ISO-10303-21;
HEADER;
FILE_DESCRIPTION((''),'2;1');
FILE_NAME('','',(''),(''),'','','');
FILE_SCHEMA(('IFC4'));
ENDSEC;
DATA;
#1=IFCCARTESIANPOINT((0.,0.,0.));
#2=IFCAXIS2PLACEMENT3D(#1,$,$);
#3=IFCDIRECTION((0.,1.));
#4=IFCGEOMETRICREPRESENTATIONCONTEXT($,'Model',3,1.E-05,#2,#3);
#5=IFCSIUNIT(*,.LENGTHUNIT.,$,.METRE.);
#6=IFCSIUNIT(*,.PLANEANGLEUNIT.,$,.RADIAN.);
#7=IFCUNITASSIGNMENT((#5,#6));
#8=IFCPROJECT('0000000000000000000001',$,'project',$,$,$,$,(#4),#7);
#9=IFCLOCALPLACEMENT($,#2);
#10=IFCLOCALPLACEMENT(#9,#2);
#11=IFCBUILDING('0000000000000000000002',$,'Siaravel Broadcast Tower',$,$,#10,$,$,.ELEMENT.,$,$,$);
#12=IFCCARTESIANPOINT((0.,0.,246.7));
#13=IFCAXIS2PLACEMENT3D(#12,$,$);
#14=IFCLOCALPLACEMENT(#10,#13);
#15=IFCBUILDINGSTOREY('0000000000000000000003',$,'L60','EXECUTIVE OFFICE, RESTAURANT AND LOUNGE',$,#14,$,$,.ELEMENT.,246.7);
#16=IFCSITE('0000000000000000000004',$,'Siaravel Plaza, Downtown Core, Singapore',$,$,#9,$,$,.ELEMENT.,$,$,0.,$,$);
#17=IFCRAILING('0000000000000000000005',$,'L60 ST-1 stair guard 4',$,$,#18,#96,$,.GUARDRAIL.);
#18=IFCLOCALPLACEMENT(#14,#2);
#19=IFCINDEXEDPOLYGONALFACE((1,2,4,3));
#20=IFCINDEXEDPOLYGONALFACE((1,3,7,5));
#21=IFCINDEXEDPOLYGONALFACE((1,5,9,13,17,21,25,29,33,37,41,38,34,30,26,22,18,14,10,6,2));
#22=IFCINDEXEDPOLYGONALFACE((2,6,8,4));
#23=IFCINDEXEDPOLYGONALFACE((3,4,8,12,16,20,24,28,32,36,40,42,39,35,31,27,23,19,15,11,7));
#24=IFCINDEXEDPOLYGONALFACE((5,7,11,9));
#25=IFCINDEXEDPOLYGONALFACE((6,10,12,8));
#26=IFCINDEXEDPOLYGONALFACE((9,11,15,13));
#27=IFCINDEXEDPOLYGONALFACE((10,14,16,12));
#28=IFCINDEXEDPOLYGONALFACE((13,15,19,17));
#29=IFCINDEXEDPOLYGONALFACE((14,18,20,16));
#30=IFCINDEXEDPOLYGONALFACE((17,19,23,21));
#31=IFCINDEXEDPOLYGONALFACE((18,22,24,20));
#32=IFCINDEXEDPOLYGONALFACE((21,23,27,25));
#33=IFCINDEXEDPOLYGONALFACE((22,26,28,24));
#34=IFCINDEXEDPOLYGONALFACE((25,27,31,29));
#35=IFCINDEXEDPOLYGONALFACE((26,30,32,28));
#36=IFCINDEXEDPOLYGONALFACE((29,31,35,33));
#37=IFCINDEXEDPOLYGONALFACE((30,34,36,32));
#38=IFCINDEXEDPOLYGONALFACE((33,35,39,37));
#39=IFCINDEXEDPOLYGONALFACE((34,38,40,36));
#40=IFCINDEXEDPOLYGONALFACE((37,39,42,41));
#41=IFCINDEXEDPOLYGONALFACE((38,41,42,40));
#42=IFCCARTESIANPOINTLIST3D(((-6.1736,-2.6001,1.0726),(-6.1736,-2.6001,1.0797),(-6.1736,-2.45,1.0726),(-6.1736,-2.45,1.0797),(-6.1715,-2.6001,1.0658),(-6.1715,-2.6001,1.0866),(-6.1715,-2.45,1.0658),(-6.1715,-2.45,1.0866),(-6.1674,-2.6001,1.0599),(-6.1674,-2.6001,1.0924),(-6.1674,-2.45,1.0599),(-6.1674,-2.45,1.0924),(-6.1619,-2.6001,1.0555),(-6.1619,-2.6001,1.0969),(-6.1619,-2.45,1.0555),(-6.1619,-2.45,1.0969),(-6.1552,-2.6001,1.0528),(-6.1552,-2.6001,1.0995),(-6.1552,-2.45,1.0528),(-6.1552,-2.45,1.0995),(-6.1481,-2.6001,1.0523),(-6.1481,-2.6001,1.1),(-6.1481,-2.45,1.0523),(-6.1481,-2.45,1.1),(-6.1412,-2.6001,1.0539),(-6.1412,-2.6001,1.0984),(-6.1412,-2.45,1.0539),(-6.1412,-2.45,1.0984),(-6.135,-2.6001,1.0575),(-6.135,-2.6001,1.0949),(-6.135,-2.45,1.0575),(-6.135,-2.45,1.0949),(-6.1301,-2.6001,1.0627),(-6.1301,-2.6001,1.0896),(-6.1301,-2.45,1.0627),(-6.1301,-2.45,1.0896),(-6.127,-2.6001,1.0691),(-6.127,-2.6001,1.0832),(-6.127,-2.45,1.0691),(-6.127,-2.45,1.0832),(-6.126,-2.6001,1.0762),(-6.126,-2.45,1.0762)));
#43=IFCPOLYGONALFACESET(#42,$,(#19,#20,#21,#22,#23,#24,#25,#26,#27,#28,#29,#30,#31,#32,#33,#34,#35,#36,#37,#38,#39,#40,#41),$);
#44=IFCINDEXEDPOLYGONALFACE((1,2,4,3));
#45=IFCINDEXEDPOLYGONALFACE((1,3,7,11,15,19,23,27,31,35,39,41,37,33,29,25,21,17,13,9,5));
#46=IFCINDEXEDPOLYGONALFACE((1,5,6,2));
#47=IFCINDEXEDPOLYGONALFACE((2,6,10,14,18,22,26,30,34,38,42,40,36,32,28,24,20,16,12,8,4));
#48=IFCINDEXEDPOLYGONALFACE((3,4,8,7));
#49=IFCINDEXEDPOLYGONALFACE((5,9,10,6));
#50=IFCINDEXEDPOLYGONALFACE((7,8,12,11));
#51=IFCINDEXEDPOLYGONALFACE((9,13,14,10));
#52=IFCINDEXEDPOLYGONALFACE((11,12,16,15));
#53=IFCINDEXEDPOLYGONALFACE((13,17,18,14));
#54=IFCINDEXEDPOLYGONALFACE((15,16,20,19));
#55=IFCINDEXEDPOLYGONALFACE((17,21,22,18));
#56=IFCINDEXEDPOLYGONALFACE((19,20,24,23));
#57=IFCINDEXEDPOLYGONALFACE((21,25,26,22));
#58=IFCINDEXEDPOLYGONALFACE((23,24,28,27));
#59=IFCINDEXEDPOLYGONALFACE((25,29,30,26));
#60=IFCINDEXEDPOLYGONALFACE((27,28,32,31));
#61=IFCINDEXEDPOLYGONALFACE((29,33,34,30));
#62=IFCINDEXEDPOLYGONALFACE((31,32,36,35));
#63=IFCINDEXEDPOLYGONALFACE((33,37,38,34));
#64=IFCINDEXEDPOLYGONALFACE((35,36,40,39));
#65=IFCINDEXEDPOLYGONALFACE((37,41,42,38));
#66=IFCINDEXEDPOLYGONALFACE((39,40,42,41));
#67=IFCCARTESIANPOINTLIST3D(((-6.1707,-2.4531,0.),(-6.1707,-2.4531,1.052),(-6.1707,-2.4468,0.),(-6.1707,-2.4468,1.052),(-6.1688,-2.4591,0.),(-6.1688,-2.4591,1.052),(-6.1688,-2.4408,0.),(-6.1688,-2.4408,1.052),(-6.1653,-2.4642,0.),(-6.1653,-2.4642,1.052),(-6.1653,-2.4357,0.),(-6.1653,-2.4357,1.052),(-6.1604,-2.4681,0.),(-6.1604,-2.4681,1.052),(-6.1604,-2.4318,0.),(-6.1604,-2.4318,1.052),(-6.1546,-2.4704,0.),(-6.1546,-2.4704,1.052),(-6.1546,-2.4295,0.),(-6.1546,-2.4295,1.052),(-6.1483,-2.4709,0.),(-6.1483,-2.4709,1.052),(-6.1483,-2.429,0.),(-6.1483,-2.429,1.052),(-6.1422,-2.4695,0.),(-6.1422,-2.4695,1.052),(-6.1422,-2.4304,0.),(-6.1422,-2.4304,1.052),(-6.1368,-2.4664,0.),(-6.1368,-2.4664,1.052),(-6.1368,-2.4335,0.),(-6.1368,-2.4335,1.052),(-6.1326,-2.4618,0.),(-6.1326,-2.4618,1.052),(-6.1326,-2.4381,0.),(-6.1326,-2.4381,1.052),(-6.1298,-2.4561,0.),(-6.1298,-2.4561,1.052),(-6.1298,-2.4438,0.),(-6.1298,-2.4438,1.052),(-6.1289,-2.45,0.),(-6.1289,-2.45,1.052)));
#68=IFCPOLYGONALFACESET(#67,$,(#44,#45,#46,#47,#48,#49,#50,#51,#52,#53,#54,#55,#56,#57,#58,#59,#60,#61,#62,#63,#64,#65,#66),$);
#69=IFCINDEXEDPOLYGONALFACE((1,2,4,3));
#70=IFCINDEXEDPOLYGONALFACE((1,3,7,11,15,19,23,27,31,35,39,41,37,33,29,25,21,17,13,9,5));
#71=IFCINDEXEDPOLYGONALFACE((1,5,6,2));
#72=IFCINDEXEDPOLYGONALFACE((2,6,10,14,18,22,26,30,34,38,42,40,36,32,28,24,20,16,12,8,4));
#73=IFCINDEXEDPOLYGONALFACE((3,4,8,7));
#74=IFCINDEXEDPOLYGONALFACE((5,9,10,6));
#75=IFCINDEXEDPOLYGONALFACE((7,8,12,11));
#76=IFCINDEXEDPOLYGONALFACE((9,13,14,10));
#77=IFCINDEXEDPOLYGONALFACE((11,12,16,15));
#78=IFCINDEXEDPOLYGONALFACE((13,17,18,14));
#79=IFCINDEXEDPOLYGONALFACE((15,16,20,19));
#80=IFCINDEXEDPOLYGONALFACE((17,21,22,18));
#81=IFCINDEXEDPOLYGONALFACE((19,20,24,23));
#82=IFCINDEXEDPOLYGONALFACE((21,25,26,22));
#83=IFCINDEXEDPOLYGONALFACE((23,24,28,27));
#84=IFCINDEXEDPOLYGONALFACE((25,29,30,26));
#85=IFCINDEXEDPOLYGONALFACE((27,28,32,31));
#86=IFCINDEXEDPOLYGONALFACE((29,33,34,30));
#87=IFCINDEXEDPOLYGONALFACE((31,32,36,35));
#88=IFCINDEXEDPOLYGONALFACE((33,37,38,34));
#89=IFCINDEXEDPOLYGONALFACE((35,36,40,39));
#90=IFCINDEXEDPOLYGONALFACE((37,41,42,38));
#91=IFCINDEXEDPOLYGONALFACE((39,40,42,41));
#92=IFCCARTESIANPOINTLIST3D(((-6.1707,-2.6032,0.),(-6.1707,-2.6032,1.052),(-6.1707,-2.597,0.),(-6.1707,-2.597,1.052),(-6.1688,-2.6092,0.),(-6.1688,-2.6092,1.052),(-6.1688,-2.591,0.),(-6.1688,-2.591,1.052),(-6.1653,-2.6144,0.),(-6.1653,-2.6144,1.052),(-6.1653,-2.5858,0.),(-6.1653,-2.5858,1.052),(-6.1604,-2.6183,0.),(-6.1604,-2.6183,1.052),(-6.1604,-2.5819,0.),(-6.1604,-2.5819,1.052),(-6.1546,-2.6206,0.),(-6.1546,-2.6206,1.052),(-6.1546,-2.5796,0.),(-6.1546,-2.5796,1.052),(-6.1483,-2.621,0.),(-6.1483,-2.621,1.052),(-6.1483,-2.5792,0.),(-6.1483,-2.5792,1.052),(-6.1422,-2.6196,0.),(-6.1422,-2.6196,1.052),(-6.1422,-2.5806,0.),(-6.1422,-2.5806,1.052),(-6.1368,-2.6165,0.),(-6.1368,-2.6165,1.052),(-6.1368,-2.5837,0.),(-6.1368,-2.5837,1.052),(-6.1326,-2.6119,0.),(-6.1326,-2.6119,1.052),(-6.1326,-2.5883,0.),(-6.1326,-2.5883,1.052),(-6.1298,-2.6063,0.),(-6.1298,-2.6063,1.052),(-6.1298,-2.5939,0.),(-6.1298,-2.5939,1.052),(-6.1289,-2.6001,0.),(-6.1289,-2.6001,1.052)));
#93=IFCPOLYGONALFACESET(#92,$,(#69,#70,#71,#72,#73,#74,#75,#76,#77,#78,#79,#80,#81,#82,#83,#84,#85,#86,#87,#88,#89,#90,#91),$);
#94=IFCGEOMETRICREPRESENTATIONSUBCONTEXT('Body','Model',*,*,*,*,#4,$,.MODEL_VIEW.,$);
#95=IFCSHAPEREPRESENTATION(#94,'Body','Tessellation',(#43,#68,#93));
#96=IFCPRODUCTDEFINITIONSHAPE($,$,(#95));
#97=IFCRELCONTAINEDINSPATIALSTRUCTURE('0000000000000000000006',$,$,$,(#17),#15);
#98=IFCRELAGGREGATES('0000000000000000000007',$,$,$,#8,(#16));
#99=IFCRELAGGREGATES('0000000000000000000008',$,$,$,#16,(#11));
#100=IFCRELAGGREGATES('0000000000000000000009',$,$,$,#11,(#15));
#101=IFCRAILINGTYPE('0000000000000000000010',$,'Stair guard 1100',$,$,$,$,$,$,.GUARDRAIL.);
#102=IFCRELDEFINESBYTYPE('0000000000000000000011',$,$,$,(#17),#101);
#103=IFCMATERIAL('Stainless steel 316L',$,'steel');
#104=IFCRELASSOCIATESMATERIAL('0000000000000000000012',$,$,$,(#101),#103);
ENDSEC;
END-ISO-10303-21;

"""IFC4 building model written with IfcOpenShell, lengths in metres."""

from ifc_helpers import new_model, si_unit, direction, frame, origin, origin_2d, place, context, subcontext, project, spatial, circle, extrude, material, type_object, element, save


model = new_model("IFC4")

# Units and contexts
model_context = context("Model", 3, precision=1e-05, world=origin(), true_north=direction((0.0, 1.0)))
body_context = subcontext(model_context, "Body", "Model", "MODEL_VIEW")
ifc_project = project(units=[si_unit("LENGTHUNIT", "METRE"), si_unit("PLANEANGLEUNIT", "RADIAN")], contexts=[model_context])

# Site, building, storey
site_placement = place(None, origin())
site = spatial("IfcSite", under=ifc_project, at=site_placement, Name="Siaravel Plaza, Downtown Core, Singapore", CompositionType="ELEMENT", RefElevation=0.0)
building_placement = place(site_placement, origin())
building = spatial("IfcBuilding", under=site, at=building_placement, Name="Siaravel Broadcast Tower", CompositionType="ELEMENT")
storey_placement = place(building_placement, frame((0.0, 0.0, 246.7)))
storey = spatial("IfcBuildingStorey", under=building, at=storey_placement, Name="L60", Description="EXECUTIVE OFFICE, RESTAURANT AND LOUNGE", CompositionType="ELEMENT", Elevation=246.7)

# Shared definitions
ifc_material_1 = material(Name="Stainless steel 316L", Category="steel")

# Railing
railing_type_1 = type_object("IfcRailingType", Name="Stair guard 1100", PredefinedType="GUARDRAIL", material=ifc_material_1)
railing_1_placement = place(storey_placement, frame((-6.1499, -2.45, 0.0)))
element("IfcRailing", 1, at=railing_1_placement, inside=storey, type_object=railing_type_1, Name="L60 ST-1 stair guard 4", PredefinedType="GUARDRAIL", context=body_context, shape_type="SweptSolid", body=[
    extrude(circle(Radius=0.0239, at=origin_2d()), frame((0.0, 0.0, 1.0762), z_axis=(0.0, -1.0, 0.0), x_axis=(1.0, 0.0, 0.0)), (0.0, 0.0, 1.0), 0.1501),
    extrude(circle(Radius=0.021, at=origin_2d()), origin(), (0.0, 0.0, 1.0), 1.052),
    extrude(circle(Radius=0.021, at=origin_2d()), frame((0.0, -0.1501, 0.0)), (0.0, 0.0, 1.0), 1.052),
])

save(model, "model.ifc")
